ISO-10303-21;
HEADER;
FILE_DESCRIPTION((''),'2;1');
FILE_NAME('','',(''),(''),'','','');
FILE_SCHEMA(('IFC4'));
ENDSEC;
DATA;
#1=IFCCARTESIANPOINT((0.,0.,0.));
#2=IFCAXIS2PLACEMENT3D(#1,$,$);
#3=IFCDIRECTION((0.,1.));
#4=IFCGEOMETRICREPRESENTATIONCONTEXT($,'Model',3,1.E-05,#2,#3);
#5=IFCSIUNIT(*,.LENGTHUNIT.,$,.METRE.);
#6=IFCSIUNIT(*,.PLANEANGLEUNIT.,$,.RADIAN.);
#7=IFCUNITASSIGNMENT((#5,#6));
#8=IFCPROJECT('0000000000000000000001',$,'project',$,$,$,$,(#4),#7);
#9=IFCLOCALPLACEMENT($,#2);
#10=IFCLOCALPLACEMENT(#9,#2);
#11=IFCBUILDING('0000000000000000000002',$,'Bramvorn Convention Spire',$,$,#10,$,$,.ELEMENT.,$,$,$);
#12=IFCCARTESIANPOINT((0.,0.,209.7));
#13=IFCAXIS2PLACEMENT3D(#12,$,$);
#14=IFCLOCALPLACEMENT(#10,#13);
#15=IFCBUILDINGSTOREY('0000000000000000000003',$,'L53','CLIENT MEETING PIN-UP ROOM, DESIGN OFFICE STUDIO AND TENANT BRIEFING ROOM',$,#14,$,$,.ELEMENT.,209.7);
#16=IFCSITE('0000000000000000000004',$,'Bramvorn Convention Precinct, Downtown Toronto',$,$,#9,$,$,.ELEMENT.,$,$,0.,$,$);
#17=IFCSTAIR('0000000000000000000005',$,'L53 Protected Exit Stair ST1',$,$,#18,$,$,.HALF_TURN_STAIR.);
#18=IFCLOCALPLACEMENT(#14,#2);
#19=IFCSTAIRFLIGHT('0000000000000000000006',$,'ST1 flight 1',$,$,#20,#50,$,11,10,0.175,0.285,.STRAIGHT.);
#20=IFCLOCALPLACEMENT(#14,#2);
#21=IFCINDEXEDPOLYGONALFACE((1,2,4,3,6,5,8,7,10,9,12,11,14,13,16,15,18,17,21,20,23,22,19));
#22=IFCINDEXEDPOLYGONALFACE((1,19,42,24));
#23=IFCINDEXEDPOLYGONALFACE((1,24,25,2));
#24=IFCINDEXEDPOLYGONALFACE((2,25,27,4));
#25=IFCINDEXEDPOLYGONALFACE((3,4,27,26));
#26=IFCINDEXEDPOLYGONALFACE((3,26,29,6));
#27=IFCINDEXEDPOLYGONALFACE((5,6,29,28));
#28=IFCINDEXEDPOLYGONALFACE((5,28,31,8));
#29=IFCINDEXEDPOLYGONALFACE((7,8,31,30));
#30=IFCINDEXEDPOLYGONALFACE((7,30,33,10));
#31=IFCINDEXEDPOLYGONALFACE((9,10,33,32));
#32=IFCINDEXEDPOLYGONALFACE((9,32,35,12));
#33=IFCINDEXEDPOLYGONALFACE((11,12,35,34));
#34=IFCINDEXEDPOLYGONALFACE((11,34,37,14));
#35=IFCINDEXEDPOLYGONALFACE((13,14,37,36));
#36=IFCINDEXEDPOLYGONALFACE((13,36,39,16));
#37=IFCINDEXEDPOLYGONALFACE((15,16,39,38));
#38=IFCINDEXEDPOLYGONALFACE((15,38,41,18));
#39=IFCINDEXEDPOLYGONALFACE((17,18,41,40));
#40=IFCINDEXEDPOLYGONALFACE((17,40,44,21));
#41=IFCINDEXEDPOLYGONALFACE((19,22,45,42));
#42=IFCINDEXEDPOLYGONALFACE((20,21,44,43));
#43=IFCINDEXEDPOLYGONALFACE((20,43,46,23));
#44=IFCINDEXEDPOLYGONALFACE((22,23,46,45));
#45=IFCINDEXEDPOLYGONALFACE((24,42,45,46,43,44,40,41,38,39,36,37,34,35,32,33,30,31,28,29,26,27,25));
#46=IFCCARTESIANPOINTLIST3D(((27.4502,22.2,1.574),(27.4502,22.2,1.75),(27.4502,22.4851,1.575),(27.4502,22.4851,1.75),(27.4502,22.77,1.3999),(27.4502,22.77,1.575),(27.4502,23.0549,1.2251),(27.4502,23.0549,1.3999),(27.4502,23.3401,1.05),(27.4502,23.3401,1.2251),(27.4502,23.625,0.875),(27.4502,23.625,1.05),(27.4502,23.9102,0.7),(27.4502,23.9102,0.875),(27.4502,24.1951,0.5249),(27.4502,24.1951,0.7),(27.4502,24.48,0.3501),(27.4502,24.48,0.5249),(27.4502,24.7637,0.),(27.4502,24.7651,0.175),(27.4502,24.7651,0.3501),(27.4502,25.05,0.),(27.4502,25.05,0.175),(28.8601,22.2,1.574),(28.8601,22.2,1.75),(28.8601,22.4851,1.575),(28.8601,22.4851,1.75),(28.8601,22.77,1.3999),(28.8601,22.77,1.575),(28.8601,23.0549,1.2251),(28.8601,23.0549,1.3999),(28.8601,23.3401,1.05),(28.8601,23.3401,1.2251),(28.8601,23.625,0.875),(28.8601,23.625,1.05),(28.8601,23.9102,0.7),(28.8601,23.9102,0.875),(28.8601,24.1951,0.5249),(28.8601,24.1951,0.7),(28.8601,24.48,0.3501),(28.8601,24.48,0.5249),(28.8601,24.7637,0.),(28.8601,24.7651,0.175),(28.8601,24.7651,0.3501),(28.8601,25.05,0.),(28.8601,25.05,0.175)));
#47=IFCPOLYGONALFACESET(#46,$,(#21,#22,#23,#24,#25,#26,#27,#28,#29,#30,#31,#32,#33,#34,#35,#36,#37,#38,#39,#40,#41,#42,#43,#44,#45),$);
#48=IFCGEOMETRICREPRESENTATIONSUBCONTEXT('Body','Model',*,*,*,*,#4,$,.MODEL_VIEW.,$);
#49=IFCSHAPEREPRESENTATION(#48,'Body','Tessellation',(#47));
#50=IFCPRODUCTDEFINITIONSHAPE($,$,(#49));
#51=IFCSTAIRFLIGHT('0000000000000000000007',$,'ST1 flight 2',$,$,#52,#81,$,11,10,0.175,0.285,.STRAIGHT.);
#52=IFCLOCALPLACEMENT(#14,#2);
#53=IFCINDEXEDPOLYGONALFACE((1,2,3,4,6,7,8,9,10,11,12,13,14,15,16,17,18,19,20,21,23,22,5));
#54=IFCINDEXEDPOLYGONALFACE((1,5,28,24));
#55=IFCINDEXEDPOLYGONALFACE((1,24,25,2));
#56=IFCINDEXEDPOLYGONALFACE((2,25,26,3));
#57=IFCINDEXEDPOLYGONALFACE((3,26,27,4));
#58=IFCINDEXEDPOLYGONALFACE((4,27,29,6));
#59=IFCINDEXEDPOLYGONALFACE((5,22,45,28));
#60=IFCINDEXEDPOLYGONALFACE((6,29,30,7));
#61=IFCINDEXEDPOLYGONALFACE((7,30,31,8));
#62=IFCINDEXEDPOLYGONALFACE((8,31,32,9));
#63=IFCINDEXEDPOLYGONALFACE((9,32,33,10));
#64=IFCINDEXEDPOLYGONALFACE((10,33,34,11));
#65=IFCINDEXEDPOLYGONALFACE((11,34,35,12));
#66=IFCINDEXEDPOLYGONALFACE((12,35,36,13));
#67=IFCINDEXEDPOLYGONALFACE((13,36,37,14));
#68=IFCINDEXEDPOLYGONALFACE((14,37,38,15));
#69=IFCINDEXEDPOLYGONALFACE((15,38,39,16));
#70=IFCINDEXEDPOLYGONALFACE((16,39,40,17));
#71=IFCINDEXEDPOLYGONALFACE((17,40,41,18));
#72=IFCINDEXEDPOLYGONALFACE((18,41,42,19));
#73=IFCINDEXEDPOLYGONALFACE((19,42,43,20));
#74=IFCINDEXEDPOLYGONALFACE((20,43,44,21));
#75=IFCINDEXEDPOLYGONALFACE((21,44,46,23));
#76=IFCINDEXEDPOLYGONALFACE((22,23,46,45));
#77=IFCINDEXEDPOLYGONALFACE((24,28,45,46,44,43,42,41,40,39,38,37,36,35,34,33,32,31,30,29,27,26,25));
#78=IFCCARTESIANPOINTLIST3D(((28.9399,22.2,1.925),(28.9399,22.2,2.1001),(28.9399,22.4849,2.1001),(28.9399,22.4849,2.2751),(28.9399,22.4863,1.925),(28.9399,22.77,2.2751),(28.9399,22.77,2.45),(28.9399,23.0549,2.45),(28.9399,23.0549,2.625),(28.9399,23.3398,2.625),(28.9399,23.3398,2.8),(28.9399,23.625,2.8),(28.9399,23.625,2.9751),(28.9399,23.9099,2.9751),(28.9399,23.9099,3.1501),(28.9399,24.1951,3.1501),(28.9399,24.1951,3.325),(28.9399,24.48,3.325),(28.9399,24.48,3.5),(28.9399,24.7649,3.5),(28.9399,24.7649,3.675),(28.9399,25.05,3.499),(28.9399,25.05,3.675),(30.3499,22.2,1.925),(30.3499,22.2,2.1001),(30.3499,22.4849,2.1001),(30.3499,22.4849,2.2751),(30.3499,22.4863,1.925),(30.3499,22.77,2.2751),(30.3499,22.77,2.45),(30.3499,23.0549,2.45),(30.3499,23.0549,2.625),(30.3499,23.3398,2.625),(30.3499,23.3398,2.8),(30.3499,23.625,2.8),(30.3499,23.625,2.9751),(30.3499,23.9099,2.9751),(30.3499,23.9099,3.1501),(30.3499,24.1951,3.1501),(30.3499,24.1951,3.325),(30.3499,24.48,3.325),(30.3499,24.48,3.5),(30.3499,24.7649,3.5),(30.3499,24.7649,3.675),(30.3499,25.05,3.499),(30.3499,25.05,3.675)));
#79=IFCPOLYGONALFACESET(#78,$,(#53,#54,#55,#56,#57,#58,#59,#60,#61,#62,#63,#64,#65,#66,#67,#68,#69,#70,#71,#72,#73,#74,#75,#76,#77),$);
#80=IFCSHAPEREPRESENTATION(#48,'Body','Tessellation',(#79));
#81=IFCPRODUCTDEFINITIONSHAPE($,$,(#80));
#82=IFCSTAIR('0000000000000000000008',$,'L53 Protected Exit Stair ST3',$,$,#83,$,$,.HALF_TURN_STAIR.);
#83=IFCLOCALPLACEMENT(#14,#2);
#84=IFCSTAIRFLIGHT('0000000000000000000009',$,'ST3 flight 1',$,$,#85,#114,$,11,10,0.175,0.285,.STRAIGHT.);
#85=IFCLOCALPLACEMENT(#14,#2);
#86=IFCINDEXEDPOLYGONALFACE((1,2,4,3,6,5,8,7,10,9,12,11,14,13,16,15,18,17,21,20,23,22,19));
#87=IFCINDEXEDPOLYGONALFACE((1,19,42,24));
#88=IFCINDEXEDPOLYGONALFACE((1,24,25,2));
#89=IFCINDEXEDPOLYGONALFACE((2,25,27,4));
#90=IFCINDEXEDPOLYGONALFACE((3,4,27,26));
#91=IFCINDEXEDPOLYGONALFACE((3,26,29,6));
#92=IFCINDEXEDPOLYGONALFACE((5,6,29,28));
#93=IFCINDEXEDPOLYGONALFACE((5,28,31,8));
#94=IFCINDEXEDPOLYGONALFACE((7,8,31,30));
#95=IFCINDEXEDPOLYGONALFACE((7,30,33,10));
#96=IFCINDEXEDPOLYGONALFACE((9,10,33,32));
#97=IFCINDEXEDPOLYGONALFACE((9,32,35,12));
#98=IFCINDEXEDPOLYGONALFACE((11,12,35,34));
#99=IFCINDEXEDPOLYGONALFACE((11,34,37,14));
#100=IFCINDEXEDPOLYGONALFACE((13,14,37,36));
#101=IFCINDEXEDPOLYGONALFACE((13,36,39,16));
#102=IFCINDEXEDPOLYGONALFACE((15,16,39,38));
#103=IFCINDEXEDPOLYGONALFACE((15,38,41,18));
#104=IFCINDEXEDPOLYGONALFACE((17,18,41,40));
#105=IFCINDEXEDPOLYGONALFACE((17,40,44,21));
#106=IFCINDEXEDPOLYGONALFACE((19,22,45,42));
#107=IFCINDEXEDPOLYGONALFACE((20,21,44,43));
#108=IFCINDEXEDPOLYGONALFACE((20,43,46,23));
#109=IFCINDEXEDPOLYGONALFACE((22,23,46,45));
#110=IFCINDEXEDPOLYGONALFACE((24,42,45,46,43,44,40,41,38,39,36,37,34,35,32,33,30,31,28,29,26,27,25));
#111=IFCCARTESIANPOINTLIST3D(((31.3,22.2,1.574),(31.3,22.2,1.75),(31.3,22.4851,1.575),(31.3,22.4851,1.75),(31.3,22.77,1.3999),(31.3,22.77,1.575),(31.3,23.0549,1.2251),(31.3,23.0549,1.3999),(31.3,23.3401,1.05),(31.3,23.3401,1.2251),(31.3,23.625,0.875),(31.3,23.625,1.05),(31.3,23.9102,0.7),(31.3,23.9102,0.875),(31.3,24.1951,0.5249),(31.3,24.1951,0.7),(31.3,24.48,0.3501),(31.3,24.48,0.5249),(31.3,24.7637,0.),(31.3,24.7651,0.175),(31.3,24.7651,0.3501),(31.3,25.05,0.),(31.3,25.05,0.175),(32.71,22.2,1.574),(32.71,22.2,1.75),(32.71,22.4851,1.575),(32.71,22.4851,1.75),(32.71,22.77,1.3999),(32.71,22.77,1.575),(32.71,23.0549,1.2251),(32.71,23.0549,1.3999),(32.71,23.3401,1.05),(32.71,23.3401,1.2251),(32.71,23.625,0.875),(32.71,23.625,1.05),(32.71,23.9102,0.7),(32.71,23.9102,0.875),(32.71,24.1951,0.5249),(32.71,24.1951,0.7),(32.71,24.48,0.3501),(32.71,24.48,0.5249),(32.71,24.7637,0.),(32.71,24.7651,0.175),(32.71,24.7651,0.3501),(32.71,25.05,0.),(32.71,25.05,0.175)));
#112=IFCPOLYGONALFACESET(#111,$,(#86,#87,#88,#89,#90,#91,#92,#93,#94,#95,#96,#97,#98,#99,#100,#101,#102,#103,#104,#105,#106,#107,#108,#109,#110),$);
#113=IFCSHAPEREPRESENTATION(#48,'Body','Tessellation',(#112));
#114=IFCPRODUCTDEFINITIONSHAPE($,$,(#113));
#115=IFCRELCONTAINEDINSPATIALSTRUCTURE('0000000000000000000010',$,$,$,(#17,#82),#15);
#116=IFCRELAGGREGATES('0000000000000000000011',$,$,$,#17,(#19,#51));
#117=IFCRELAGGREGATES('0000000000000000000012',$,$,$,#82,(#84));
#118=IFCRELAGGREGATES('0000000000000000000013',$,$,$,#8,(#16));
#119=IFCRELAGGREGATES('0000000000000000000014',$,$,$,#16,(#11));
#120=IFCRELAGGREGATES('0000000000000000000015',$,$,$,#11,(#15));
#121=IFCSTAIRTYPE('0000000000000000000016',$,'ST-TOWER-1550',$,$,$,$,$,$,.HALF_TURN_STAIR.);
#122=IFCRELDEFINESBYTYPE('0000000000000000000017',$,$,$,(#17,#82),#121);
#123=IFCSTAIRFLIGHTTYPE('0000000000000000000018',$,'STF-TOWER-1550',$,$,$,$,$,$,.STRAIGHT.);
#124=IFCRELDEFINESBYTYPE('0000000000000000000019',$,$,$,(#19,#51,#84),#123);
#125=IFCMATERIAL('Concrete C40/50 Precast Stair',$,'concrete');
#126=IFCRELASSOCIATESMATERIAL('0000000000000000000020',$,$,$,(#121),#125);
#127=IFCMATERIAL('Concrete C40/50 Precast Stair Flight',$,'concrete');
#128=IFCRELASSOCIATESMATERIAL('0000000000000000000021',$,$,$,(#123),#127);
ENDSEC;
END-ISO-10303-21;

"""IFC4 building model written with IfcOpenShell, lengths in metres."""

from ifc_helpers import new_model, si_unit, direction, frame, origin, place, context, subcontext, project, spatial, polyline, outline, extrude, material, type_object, element, aggregate, save


model = new_model("IFC4")

# Units and contexts
model_context = context("Model", 3, precision=1e-05, world=origin(), true_north=direction((0.0, 1.0)))
body_context = subcontext(model_context, "Body", "Model", "MODEL_VIEW")
ifc_project = project(units=[si_unit("LENGTHUNIT", "METRE"), si_unit("PLANEANGLEUNIT", "RADIAN")], contexts=[model_context])

# Site, building, storey
site_placement = place(None, origin())
site = spatial("IfcSite", under=ifc_project, at=site_placement, Name="Bramvorn Convention Precinct, Downtown Toronto", CompositionType="ELEMENT", RefElevation=0.0)
building_placement = place(site_placement, origin())
building = spatial("IfcBuilding", under=site, at=building_placement, Name="Bramvorn Convention Spire", CompositionType="ELEMENT")
storey_placement = place(building_placement, frame((0.0, 0.0, 209.7)))
storey = spatial("IfcBuildingStorey", under=building, at=storey_placement, Name="L53", Description="CLIENT MEETING PIN-UP ROOM, DESIGN OFFICE STUDIO AND TENANT BRIEFING ROOM", CompositionType="ELEMENT", Elevation=209.7)

# Stair, stair flights
ifc_material_1 = material(Name="Concrete C40/50 Precast Stair", Category="concrete")
stair_type = type_object("IfcStairType", Name="ST-TOWER-1550", PredefinedType="HALF_TURN_STAIR", material=ifc_material_1)
stair_1_placement = place(storey_placement, origin())
stair_1 = element("IfcStair", 1, at=stair_1_placement, inside=storey, type_object=stair_type, Name="L53 Protected Exit Stair ST1", PredefinedType="HALF_TURN_STAIR")
ifc_material_2 = material(Name="Concrete C40/50 Precast Stair Flight", Category="concrete")
stair_flight_type = type_object("IfcStairFlightType", Name="STF-TOWER-1550", PredefinedType="STRAIGHT", material=ifc_material_2)
stair_flight_1_placement = place(storey_placement, frame((28.155, 25.05, 0.0), z_axis=(0.0, 0.0, 1.0), x_axis=(0.0, -1.0, 0.0)))
stair_flight_1 = element("IfcStairFlight", 2, at=stair_flight_1_placement, type_object=stair_flight_type, Name="ST1 flight 1", NumberOfRisers=11, NumberOfTreads=10, PredefinedType="STRAIGHT", RiserHeight=0.175, TreadLength=0.285, context=body_context, shape_type="SweptSolid", body=[
    extrude(outline(polyline([(0.0, 0.0), (0.0, 0.175), (0.2849, 0.175), (0.2849, 0.3501), (0.5701, 0.3501), (0.5701, 0.5249), (0.855, 0.5249), (0.855, 0.7), (1.1399, 0.7), (1.1399, 0.875), (1.425, 0.875), (1.425, 1.05), (1.71, 1.05), (1.71, 1.2251), (1.9951, 1.2251), (1.9951, 1.3999), (2.28, 1.3999), (2.28, 1.575), (2.5649, 1.575), (2.5649, 1.75), (2.8501, 1.75), (2.8501, 1.925), (2.8501, 1.574), (0.2864, 0.0), (0.0, 0.0)])), frame((0.0, 0.7051, 0.0), z_axis=(0.0, -1.0, 0.0), x_axis=(1.0, 0.0, 0.0)), (0.0, 0.0, 1.0), 1.4099),
])
stair_flight_2_placement = place(storey_placement, frame((29.645, 22.2, 1.925), z_axis=(0.0, 0.0, 1.0), x_axis=(0.0, 1.0, 0.0)))
stair_flight_2 = element("IfcStairFlight", 3, at=stair_flight_2_placement, type_object=stair_flight_type, Name="ST1 flight 2", NumberOfRisers=11, NumberOfTreads=10, PredefinedType="STRAIGHT", RiserHeight=0.175, TreadLength=0.285, context=body_context, shape_type="SweptSolid", body=[
    extrude(outline(polyline([(0.0, 0.0), (0.0, 0.175), (0.2849, 0.175), (0.2849, 0.3501), (0.5701, 0.3501), (0.5701, 0.5249), (0.855, 0.5249), (0.855, 0.7), (1.1399, 0.7), (1.1399, 0.875), (1.425, 0.875), (1.425, 1.05), (1.71, 1.05), (1.71, 1.2251), (1.9951, 1.2251), (1.9951, 1.3999), (2.28, 1.3999), (2.28, 1.575), (2.5649, 1.575), (2.5649, 1.75), (2.8501, 1.75), (2.8501, 1.925), (2.8501, 1.574), (0.2864, 0.0), (0.0, 0.0)])), frame((0.0, 0.7051, 0.0), z_axis=(0.0, -1.0, 0.0), x_axis=(1.0, 0.0, 0.0)), (0.0, 0.0, 1.0), 1.4099),
])
aggregate(stair_1, [stair_flight_1, stair_flight_2])

# Stair, stair flight
stair_2_placement = place(storey_placement, origin())
stair_2 = element("IfcStair", 4, at=stair_2_placement, inside=storey, type_object=stair_type, Name="L53 Protected Exit Stair ST3", PredefinedType="HALF_TURN_STAIR")
stair_flight_3_placement = place(storey_placement, frame((32.0049, 25.05, 0.0), z_axis=(0.0, 0.0, 1.0), x_axis=(0.0, -1.0, 0.0)))
stair_flight_3 = element("IfcStairFlight", 5, at=stair_flight_3_placement, type_object=stair_flight_type, Name="ST3 flight 1", NumberOfRisers=11, NumberOfTreads=10, PredefinedType="STRAIGHT", RiserHeight=0.175, TreadLength=0.285, context=body_context, shape_type="SweptSolid", body=[
    extrude(outline(polyline([(0.0, 0.0), (0.0, 0.175), (0.2849, 0.175), (0.2849, 0.3501), (0.5701, 0.3501), (0.5701, 0.5249), (0.855, 0.5249), (0.855, 0.7), (1.1399, 0.7), (1.1399, 0.875), (1.425, 0.875), (1.425, 1.05), (1.71, 1.05), (1.71, 1.2251), (1.9951, 1.2251), (1.9951, 1.3999), (2.28, 1.3999), (2.28, 1.575), (2.5649, 1.575), (2.5649, 1.75), (2.8501, 1.75), (2.8501, 1.925), (2.8501, 1.574), (0.2864, 0.0), (0.0, 0.0)])), frame((0.0, 0.7051, 0.0), z_axis=(0.0, -1.0, 0.0), x_axis=(1.0, 0.0, 0.0)), (0.0, 0.0, 1.0), 1.4099),
])
aggregate(stair_2, [stair_flight_3])

save(model, "model.ifc")
